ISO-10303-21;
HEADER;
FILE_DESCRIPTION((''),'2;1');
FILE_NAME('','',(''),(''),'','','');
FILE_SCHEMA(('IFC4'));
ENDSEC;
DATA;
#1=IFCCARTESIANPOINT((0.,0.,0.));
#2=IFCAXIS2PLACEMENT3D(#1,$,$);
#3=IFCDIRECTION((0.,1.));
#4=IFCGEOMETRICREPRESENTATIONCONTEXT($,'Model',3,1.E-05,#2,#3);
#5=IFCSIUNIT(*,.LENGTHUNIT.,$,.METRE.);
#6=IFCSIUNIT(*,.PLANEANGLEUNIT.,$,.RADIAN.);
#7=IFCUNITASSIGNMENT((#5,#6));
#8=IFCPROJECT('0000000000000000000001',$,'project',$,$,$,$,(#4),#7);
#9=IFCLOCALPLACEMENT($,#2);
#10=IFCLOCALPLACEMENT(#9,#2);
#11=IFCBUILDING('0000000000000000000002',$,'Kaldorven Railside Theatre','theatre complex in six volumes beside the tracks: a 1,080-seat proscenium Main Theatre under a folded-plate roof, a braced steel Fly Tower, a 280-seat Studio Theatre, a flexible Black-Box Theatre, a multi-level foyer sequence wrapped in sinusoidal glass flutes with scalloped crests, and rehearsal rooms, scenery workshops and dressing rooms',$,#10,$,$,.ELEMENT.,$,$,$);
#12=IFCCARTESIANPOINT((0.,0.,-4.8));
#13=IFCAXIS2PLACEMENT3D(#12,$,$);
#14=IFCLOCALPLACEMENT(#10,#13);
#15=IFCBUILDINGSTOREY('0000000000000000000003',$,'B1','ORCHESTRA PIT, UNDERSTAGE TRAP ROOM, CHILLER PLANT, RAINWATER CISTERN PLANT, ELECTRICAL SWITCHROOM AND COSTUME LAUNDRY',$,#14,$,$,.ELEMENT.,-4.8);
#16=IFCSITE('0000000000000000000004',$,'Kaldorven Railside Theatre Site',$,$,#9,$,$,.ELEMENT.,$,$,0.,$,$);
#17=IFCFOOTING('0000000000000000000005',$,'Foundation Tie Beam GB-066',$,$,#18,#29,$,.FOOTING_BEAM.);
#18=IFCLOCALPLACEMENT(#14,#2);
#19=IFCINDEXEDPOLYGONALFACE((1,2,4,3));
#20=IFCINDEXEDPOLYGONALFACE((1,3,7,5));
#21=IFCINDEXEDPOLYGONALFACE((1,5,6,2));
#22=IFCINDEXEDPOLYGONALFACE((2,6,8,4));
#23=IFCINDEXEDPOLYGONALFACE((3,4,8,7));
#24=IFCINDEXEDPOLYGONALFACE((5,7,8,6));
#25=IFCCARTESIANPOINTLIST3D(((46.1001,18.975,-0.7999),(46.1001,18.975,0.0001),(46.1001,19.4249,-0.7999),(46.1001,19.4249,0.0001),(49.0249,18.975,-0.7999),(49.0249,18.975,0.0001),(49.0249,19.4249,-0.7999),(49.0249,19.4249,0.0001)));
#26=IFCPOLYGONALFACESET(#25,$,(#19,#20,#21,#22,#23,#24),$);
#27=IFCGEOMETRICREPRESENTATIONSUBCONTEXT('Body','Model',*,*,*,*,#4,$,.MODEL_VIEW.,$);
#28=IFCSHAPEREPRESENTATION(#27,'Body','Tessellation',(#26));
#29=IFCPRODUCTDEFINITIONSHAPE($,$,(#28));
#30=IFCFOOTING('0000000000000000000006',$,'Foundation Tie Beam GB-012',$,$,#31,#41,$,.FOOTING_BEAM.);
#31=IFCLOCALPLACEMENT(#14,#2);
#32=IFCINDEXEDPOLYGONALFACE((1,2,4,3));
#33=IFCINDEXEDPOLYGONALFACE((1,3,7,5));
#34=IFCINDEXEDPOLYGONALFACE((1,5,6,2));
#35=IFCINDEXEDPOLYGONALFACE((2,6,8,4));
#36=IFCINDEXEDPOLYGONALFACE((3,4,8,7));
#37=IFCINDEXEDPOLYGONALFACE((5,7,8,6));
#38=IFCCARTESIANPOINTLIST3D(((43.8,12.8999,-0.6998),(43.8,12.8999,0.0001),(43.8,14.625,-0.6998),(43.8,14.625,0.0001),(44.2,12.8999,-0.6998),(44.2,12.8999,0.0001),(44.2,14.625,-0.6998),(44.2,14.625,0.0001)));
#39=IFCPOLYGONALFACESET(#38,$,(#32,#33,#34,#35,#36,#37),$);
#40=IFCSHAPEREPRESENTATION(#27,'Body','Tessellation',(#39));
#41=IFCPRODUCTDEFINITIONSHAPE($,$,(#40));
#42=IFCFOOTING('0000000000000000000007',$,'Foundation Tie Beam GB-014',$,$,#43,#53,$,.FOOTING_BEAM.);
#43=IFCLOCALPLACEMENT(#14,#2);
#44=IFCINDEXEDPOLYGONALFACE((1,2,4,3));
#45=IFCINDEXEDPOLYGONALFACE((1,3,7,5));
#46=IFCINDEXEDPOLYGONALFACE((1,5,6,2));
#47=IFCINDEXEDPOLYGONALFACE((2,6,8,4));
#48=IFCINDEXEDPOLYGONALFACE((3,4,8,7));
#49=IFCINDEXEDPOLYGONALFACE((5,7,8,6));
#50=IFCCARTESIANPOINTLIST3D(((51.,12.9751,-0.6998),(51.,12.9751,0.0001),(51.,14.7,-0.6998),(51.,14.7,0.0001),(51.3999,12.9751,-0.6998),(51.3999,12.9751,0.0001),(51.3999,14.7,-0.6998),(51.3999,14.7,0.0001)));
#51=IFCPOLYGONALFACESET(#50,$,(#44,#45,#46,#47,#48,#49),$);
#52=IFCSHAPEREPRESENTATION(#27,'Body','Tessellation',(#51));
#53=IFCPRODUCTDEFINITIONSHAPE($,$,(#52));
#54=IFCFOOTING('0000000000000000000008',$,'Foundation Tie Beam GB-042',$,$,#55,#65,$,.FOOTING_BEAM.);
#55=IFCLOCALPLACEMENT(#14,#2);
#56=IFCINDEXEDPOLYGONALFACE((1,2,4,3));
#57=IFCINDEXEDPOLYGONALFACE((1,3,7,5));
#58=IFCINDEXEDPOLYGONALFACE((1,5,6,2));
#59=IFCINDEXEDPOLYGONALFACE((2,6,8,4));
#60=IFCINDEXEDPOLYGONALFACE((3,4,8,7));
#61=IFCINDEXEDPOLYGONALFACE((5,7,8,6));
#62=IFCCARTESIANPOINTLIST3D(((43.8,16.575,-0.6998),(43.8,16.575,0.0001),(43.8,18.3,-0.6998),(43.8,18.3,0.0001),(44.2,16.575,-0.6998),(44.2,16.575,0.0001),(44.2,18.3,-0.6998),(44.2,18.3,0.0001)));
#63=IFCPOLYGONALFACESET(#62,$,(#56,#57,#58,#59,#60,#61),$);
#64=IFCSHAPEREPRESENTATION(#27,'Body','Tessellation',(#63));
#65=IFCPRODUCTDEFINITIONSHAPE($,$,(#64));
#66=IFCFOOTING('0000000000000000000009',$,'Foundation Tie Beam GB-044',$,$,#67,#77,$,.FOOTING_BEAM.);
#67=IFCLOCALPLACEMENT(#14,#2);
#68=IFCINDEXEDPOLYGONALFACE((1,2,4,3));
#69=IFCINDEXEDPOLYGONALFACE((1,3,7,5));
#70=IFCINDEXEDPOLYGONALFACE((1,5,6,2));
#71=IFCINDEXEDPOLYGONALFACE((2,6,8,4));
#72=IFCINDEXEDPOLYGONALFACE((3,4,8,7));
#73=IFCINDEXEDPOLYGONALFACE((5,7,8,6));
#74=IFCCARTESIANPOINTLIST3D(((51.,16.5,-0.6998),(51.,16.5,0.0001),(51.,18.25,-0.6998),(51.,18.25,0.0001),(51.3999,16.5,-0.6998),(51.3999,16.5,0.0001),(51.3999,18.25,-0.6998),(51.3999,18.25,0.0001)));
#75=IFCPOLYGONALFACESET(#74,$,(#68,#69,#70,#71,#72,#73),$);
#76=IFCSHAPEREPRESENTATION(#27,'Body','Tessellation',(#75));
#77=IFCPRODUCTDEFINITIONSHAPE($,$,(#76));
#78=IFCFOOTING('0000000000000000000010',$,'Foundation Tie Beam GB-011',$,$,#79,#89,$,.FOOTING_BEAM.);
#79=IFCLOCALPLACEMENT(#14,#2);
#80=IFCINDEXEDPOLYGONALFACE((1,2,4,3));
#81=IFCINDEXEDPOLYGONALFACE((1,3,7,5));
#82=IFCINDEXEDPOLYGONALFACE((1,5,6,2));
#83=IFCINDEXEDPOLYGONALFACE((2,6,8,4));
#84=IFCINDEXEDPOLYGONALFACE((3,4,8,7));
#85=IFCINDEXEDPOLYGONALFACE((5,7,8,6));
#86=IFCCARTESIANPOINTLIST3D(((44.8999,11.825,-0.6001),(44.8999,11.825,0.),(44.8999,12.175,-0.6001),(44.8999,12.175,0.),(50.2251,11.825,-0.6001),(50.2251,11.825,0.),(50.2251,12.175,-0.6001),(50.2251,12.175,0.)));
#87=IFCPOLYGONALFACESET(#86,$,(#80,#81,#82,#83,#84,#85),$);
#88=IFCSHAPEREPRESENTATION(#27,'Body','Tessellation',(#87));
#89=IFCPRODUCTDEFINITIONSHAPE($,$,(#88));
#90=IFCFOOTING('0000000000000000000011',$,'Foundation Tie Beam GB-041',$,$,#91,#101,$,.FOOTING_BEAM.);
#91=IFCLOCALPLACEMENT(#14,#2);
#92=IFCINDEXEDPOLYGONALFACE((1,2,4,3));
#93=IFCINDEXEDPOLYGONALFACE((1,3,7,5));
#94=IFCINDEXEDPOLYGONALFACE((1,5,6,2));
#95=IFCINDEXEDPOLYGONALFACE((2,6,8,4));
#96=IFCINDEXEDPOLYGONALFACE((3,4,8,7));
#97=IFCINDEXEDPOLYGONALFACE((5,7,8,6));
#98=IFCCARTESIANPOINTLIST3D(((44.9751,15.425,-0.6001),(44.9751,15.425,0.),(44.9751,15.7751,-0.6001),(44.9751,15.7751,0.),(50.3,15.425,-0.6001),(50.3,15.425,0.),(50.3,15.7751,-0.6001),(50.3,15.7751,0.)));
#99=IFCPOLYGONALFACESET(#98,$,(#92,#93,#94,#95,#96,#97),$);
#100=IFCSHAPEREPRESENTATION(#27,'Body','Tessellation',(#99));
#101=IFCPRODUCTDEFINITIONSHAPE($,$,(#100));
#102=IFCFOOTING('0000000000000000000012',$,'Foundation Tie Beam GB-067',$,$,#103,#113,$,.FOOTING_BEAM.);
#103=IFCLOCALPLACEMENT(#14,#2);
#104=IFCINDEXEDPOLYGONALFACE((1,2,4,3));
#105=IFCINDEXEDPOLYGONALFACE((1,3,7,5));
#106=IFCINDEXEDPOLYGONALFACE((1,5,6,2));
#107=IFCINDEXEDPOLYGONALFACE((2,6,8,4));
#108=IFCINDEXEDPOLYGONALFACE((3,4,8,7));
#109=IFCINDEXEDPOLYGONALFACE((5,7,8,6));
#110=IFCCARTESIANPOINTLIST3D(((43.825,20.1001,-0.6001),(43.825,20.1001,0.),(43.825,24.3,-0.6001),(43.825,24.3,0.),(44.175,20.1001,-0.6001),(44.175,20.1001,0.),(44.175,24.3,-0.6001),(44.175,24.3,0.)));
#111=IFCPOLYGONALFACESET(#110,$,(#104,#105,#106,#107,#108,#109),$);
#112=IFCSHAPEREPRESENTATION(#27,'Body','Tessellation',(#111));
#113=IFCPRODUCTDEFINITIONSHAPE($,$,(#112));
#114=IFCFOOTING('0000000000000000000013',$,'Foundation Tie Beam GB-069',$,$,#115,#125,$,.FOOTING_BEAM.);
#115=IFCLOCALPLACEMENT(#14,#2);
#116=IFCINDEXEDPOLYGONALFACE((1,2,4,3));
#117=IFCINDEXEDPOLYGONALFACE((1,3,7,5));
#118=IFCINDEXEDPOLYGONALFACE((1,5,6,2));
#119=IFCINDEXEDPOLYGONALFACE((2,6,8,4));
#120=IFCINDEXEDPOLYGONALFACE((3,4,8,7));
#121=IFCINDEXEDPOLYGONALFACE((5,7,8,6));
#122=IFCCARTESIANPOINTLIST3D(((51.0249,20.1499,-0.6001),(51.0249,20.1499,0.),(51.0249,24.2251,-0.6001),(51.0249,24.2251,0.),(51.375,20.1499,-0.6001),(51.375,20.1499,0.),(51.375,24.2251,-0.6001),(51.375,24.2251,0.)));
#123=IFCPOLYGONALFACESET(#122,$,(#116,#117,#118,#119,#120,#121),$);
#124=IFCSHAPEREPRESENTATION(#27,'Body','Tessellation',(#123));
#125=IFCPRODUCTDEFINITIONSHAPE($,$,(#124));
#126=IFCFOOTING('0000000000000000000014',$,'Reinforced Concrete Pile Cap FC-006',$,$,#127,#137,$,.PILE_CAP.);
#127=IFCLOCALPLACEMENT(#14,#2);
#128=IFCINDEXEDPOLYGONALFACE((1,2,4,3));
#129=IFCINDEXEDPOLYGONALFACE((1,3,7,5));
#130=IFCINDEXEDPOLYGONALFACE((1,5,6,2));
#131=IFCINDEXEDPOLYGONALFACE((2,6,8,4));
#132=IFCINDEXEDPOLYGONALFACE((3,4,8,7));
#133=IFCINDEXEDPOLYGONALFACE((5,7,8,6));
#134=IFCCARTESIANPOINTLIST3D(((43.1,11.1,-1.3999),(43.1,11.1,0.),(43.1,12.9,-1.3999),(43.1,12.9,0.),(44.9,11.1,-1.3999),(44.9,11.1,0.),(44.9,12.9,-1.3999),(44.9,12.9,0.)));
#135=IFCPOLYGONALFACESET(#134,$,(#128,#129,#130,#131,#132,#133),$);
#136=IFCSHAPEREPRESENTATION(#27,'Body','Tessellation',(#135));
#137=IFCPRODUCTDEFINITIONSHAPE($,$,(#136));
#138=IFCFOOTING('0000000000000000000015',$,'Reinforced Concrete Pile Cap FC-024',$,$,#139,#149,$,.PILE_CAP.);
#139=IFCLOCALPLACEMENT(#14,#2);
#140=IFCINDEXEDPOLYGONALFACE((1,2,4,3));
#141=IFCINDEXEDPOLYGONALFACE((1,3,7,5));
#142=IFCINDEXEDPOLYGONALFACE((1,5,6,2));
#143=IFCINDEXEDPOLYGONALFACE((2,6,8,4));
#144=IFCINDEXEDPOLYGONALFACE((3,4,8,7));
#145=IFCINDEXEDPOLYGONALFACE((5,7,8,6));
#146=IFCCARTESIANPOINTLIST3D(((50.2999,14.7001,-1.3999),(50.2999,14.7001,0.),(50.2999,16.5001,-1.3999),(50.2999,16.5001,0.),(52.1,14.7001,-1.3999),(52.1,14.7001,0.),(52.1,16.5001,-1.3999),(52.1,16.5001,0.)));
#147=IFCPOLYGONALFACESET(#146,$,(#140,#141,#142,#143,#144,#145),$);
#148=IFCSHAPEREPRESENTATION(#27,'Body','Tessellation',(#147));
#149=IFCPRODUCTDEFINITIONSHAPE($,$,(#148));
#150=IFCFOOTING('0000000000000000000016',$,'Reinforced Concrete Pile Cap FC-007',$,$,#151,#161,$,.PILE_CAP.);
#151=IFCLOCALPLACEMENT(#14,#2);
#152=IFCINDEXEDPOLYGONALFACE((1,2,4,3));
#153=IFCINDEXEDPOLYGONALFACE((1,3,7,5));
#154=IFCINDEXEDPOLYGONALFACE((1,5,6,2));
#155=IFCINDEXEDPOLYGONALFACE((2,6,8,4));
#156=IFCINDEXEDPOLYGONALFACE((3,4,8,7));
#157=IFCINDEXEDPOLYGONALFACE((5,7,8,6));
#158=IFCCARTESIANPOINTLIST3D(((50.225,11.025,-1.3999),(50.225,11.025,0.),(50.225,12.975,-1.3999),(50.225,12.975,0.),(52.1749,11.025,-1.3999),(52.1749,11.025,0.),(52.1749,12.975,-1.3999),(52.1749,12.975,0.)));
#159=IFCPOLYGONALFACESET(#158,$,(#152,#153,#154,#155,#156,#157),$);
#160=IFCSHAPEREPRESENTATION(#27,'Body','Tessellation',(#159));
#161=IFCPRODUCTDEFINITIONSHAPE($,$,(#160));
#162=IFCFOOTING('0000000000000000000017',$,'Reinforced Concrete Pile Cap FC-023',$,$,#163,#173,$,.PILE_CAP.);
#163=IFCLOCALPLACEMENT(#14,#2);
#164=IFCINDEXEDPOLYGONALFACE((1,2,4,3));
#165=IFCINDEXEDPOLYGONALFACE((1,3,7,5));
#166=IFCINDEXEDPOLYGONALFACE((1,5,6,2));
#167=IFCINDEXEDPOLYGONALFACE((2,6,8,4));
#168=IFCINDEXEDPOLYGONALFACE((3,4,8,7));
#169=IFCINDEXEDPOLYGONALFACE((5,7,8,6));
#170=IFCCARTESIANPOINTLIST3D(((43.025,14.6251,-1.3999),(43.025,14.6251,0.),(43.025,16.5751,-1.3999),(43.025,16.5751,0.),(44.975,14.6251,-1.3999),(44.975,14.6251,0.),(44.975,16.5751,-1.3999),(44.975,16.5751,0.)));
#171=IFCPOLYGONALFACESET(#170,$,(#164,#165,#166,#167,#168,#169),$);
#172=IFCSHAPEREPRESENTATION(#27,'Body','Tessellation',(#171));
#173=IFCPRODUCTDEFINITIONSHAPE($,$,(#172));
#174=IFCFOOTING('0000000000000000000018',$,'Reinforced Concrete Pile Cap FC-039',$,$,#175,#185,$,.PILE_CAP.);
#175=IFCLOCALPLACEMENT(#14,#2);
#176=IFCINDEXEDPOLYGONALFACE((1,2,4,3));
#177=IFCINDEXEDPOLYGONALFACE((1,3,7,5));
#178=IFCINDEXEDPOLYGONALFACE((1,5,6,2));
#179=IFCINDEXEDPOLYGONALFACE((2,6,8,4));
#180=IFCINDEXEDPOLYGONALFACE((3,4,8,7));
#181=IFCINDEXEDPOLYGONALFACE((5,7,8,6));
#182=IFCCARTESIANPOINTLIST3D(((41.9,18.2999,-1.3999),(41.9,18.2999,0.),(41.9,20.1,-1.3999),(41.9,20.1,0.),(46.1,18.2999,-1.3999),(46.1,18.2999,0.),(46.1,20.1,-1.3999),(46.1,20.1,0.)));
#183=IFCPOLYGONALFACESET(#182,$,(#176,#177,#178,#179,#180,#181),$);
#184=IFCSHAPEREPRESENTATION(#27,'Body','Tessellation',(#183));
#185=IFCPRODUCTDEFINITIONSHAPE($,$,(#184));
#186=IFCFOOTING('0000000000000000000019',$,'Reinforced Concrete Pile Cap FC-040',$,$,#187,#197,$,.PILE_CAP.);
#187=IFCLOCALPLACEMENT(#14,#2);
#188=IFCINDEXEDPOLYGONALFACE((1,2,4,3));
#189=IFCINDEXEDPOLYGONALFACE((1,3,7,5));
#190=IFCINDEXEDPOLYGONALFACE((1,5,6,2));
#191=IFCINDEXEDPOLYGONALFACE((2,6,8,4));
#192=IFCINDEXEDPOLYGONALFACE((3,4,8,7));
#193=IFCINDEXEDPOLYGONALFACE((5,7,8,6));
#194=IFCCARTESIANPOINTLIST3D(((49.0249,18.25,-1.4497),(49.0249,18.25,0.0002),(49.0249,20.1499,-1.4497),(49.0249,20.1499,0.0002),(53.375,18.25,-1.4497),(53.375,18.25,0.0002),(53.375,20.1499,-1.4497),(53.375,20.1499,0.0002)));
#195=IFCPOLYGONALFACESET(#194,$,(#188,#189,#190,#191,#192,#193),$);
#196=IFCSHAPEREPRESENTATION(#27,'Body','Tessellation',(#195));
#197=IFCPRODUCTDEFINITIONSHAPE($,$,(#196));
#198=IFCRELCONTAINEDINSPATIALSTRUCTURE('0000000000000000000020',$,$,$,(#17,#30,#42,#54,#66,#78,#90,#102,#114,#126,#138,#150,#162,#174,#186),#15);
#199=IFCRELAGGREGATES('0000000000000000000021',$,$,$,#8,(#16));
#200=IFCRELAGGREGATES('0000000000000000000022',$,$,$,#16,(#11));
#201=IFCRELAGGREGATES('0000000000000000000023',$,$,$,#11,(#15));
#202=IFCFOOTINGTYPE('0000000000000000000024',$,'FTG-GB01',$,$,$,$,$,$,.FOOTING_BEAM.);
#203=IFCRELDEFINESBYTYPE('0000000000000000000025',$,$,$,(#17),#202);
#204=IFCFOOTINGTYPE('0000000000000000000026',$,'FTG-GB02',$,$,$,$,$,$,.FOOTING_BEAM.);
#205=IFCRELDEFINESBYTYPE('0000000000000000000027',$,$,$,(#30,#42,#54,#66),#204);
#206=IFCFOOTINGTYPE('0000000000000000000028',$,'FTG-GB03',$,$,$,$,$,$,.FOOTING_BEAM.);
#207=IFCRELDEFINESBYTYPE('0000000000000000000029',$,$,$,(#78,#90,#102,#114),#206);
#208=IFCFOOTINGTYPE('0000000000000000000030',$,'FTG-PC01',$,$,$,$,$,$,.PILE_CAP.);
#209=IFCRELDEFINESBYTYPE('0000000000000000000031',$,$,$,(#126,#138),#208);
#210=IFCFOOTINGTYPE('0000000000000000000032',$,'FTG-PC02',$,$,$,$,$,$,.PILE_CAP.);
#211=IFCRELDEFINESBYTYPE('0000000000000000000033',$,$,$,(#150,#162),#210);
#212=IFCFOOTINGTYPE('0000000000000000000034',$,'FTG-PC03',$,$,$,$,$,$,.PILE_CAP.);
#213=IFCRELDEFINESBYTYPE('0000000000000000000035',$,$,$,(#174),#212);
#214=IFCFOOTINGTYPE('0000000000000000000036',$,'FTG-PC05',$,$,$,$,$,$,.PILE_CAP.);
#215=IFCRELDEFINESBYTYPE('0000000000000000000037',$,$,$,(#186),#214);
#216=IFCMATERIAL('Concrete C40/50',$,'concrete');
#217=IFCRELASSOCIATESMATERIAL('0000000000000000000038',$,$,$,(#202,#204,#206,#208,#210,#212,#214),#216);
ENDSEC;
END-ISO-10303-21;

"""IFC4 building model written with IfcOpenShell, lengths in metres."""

from ifc_helpers import new_model, si_unit, direction, frame, origin, origin_2d, place, context, subcontext, project, spatial, rectangle, extrude, material, material_profile, profile_set, type_object, element, save


model = new_model("IFC4")

# Units and contexts
model_context = context("Model", 3, precision=1e-05, world=origin(), true_north=direction((0.0, 1.0)))
body_context = subcontext(model_context, "Body", "Model", "MODEL_VIEW")
ifc_project = project(units=[si_unit("LENGTHUNIT", "METRE"), si_unit("PLANEANGLEUNIT", "RADIAN")], contexts=[model_context])

# Site, building, storey
site_placement = place(None, origin())
site = spatial("IfcSite", under=ifc_project, at=site_placement, Name="Kaldorven Railside Theatre Site", CompositionType="ELEMENT", RefElevation=0.0)
building_placement = place(site_placement, origin())
building = spatial("IfcBuilding", under=site, at=building_placement, Name="Kaldorven Railside Theatre", Description="theatre complex in six volumes beside the tracks: a 1,080-seat proscenium Main Theatre under a folded-plate roof, a braced steel Fly Tower, a 280-seat Studio Theatre, a flexible Black-Box Theatre, a multi-level foyer sequence wrapped in sinusoidal glass flutes with scalloped crests, and rehearsal rooms, scenery workshops and dressing rooms", CompositionType="ELEMENT")
storey_placement = place(building_placement, frame((0.0, 0.0, -4.8)))
storey = spatial("IfcBuildingStorey", under=building, at=storey_placement, Name="B1", Description="ORCHESTRA PIT, UNDERSTAGE TRAP ROOM, CHILLER PLANT, RAINWATER CISTERN PLANT, ELECTRICAL SWITCHROOM AND COSTUME LAUNDRY", CompositionType="ELEMENT", Elevation=-4.8)

# Footings
ifc_material_1 = material(Name="Concrete C40/50", Category="concrete")
ifc_material_profile_1 = material_profile(ifc_material_1, rectangle(XDim=0.45, YDim=0.8, at=origin_2d()), Name="RC 450x800")
ifc_profile_set_1 = profile_set([ifc_material_profile_1], Name="Concrete C40/50")
footing_type_1 = type_object("IfcFootingType", Name="FTG-GB01", PredefinedType="FOOTING_BEAM", material=ifc_profile_set_1)
footing_1_placement = place(storey_placement, frame((46.1001, 19.2, -0.3999), z_axis=(1.0, 0.0, 0.0), x_axis=(0.0, 1.0, 0.0)))
element("IfcFooting", 1, at=footing_1_placement, inside=storey, type_object=footing_type_1, Name="Foundation Tie Beam GB-066", PredefinedType="FOOTING_BEAM", context=body_context, shape_type="SweptSolid", body=[
    extrude(rectangle(XDim=0.45, YDim=0.8, at=origin_2d()), origin(), (0.0, 0.0, 1.0), 2.9248),
])
ifc_material_profile_2 = material_profile(ifc_material_1, rectangle(XDim=0.3999, YDim=0.7, at=origin_2d()), Name="RC 400x700")
ifc_profile_set_2 = profile_set([ifc_material_profile_2], Name="Concrete C40/50")
footing_type_2 = type_object("IfcFootingType", Name="FTG-GB02", PredefinedType="FOOTING_BEAM", material=ifc_profile_set_2)
footing_2_placement = place(storey_placement, frame((44.0, 12.8999, -0.3499), z_axis=(0.0, 1.0, 0.0), x_axis=(-1.0, 0.0, 0.0)))
element("IfcFooting", 2, at=footing_2_placement, inside=storey, type_object=footing_type_2, Name="Foundation Tie Beam GB-012", PredefinedType="FOOTING_BEAM", context=body_context, shape_type="SweptSolid", body=[
    extrude(rectangle(XDim=0.3999, YDim=0.7, at=origin_2d()), origin(), (0.0, 0.0, 1.0), 1.7251),
])
footing_3_placement = place(storey_placement, frame((51.2, 12.9751, -0.3499), z_axis=(0.0, 1.0, 0.0), x_axis=(-1.0, 0.0, 0.0)))
element("IfcFooting", 3, at=footing_3_placement, inside=storey, type_object=footing_type_2, Name="Foundation Tie Beam GB-014", PredefinedType="FOOTING_BEAM", context=body_context, shape_type="SweptSolid", body=[
    extrude(rectangle(XDim=0.3999, YDim=0.7, at=origin_2d()), origin(), (0.0, 0.0, 1.0), 1.7249),
])
footing_4_placement = place(storey_placement, frame((44.0, 16.575, -0.3499), z_axis=(0.0, 1.0, 0.0), x_axis=(-1.0, 0.0, 0.0)))
element("IfcFooting", 4, at=footing_4_placement, inside=storey, type_object=footing_type_2, Name="Foundation Tie Beam GB-042", PredefinedType="FOOTING_BEAM", context=body_context, shape_type="SweptSolid", body=[
    extrude(rectangle(XDim=0.3999, YDim=0.7, at=origin_2d()), origin(), (0.0, 0.0, 1.0), 1.7251),
])
footing_5_placement = place(storey_placement, frame((51.2, 16.5, -0.3499), z_axis=(0.0, 1.0, 0.0), x_axis=(-1.0, 0.0, 0.0)))
element("IfcFooting", 5, at=footing_5_placement, inside=storey, type_object=footing_type_2, Name="Foundation Tie Beam GB-044", PredefinedType="FOOTING_BEAM", context=body_context, shape_type="SweptSolid", body=[
    extrude(rectangle(XDim=0.3999, YDim=0.7, at=origin_2d()), origin(), (0.0, 0.0, 1.0), 1.75),
])
ifc_material_profile_3 = material_profile(ifc_material_1, rectangle(XDim=0.3501, YDim=0.6001, at=origin_2d()), Name="RC 350x600")
ifc_profile_set_3 = profile_set([ifc_material_profile_3], Name="Concrete C40/50")
footing_type_3 = type_object("IfcFootingType", Name="FTG-GB03", PredefinedType="FOOTING_BEAM", material=ifc_profile_set_3)
footing_6_placement = place(storey_placement, frame((44.8999, 12.0, -0.3), z_axis=(1.0, 0.0, 0.0), x_axis=(0.0, 1.0, 0.0)))
element("IfcFooting", 6, at=footing_6_placement, inside=storey, type_object=footing_type_3, Name="Foundation Tie Beam GB-011", PredefinedType="FOOTING_BEAM", context=body_context, shape_type="SweptSolid", body=[
    extrude(rectangle(XDim=0.3501, YDim=0.6001, at=origin_2d()), origin(), (0.0, 0.0, 1.0), 5.3252),
])
footing_7_placement = place(storey_placement, frame((44.9751, 15.6001, -0.3), z_axis=(1.0, 0.0, 0.0), x_axis=(0.0, 1.0, 0.0)))
element("IfcFooting", 7, at=footing_7_placement, inside=storey, type_object=footing_type_3, Name="Foundation Tie Beam GB-041", PredefinedType="FOOTING_BEAM", context=body_context, shape_type="SweptSolid", body=[
    extrude(rectangle(XDim=0.3501, YDim=0.6001, at=origin_2d()), origin(), (0.0, 0.0, 1.0), 5.325),
])
footing_8_placement = place(storey_placement, frame((44.0, 20.1001, -0.3), z_axis=(0.0, 1.0, 0.0), x_axis=(-1.0, 0.0, 0.0)))
element("IfcFooting", 8, at=footing_8_placement, inside=storey, type_object=footing_type_3, Name="Foundation Tie Beam GB-067", PredefinedType="FOOTING_BEAM", context=body_context, shape_type="SweptSolid", body=[
    extrude(rectangle(XDim=0.3501, YDim=0.6001, at=origin_2d()), origin(), (0.0, 0.0, 1.0), 4.2),
])
footing_9_placement = place(storey_placement, frame((51.2, 20.1499, -0.3), z_axis=(0.0, 1.0, 0.0), x_axis=(-1.0, 0.0, 0.0)))
element("IfcFooting", 9, at=footing_9_placement, inside=storey, type_object=footing_type_3, Name="Foundation Tie Beam GB-069", PredefinedType="FOOTING_BEAM", context=body_context, shape_type="SweptSolid", body=[
    extrude(rectangle(XDim=0.3501, YDim=0.6001, at=origin_2d()), origin(), (0.0, 0.0, 1.0), 4.0752),
])
footing_type_4 = type_object("IfcFootingType", Name="FTG-PC01", PredefinedType="PILE_CAP", material=ifc_material_1)
for number, where, z_axis, x_axis, name in (
    (10, (44.0, 12.0, -1.3999), (0.0, 0.0, 1.0), (1.0, 0.0, 0.0), "Reinforced Concrete Pile Cap FC-006"),
    (11, (51.2, 15.6001, -1.3999), (0.0, 0.0, 1.0), (1.0, 0.0, 0.0), "Reinforced Concrete Pile Cap FC-024"),
):
    element("IfcFooting", number, at=place(storey_placement, frame(where, z_axis=z_axis, x_axis=x_axis)), inside=storey, type_object=footing_type_4, Name=name, PredefinedType="PILE_CAP", context=body_context, shape_type="SweptSolid", body=[
        extrude(rectangle(XDim=1.8, YDim=1.8, at=origin_2d()), origin(), (0.0, 0.0, 1.0), 1.3999),
    ])
footing_type_5 = type_object("IfcFootingType", Name="FTG-PC02", PredefinedType="PILE_CAP", material=ifc_material_1)
for number, where, z_axis, x_axis, name in (
    (12, (51.2, 12.0, -1.3999), (0.0, 0.0, 1.0), (1.0, 0.0, 0.0), "Reinforced Concrete Pile Cap FC-007"),
    (13, (44.0, 15.6001, -1.3999), (0.0, 0.0, 1.0), (1.0, 0.0, 0.0), "Reinforced Concrete Pile Cap FC-023"),
):
    element("IfcFooting", number, at=place(storey_placement, frame(where, z_axis=z_axis, x_axis=x_axis)), inside=storey, type_object=footing_type_5, Name=name, PredefinedType="PILE_CAP", context=body_context, shape_type="SweptSolid", body=[
        extrude(rectangle(XDim=1.95, YDim=1.95, at=origin_2d()), origin(), (0.0, 0.0, 1.0), 1.3999),
    ])
footing_type_6 = type_object("IfcFootingType", Name="FTG-PC03", PredefinedType="PILE_CAP", material=ifc_material_1)
footing_10_placement = place(storey_placement, frame((44.0, 19.2, -1.3999), z_axis=(0.0, 0.0, 1.0), x_axis=(1.0, 0.0, 0.0)))
element("IfcFooting", 14, at=footing_10_placement, inside=storey, type_object=footing_type_6, Name="Reinforced Concrete Pile Cap FC-039", PredefinedType="PILE_CAP", context=body_context, shape_type="SweptSolid", body=[
    extrude(rectangle(XDim=4.2, YDim=1.8, at=origin_2d()), origin(), (0.0, 0.0, 1.0), 1.3999),
])
footing_type_7 = type_object("IfcFootingType", Name="FTG-PC05", PredefinedType="PILE_CAP", material=ifc_material_1)
footing_11_placement = place(storey_placement, frame((51.2, 19.2, -1.4497), z_axis=(0.0, 0.0, 1.0), x_axis=(1.0, 0.0, 0.0)))
element("IfcFooting", 15, at=footing_11_placement, inside=storey, type_object=footing_type_7, Name="Reinforced Concrete Pile Cap FC-040", PredefinedType="PILE_CAP", context=body_context, shape_type="SweptSolid", body=[
    extrude(rectangle(XDim=4.3501, YDim=1.8999, at=origin_2d()), origin(), (0.0, 0.0, 1.0), 1.45),
])

save(model, "model.ifc")
